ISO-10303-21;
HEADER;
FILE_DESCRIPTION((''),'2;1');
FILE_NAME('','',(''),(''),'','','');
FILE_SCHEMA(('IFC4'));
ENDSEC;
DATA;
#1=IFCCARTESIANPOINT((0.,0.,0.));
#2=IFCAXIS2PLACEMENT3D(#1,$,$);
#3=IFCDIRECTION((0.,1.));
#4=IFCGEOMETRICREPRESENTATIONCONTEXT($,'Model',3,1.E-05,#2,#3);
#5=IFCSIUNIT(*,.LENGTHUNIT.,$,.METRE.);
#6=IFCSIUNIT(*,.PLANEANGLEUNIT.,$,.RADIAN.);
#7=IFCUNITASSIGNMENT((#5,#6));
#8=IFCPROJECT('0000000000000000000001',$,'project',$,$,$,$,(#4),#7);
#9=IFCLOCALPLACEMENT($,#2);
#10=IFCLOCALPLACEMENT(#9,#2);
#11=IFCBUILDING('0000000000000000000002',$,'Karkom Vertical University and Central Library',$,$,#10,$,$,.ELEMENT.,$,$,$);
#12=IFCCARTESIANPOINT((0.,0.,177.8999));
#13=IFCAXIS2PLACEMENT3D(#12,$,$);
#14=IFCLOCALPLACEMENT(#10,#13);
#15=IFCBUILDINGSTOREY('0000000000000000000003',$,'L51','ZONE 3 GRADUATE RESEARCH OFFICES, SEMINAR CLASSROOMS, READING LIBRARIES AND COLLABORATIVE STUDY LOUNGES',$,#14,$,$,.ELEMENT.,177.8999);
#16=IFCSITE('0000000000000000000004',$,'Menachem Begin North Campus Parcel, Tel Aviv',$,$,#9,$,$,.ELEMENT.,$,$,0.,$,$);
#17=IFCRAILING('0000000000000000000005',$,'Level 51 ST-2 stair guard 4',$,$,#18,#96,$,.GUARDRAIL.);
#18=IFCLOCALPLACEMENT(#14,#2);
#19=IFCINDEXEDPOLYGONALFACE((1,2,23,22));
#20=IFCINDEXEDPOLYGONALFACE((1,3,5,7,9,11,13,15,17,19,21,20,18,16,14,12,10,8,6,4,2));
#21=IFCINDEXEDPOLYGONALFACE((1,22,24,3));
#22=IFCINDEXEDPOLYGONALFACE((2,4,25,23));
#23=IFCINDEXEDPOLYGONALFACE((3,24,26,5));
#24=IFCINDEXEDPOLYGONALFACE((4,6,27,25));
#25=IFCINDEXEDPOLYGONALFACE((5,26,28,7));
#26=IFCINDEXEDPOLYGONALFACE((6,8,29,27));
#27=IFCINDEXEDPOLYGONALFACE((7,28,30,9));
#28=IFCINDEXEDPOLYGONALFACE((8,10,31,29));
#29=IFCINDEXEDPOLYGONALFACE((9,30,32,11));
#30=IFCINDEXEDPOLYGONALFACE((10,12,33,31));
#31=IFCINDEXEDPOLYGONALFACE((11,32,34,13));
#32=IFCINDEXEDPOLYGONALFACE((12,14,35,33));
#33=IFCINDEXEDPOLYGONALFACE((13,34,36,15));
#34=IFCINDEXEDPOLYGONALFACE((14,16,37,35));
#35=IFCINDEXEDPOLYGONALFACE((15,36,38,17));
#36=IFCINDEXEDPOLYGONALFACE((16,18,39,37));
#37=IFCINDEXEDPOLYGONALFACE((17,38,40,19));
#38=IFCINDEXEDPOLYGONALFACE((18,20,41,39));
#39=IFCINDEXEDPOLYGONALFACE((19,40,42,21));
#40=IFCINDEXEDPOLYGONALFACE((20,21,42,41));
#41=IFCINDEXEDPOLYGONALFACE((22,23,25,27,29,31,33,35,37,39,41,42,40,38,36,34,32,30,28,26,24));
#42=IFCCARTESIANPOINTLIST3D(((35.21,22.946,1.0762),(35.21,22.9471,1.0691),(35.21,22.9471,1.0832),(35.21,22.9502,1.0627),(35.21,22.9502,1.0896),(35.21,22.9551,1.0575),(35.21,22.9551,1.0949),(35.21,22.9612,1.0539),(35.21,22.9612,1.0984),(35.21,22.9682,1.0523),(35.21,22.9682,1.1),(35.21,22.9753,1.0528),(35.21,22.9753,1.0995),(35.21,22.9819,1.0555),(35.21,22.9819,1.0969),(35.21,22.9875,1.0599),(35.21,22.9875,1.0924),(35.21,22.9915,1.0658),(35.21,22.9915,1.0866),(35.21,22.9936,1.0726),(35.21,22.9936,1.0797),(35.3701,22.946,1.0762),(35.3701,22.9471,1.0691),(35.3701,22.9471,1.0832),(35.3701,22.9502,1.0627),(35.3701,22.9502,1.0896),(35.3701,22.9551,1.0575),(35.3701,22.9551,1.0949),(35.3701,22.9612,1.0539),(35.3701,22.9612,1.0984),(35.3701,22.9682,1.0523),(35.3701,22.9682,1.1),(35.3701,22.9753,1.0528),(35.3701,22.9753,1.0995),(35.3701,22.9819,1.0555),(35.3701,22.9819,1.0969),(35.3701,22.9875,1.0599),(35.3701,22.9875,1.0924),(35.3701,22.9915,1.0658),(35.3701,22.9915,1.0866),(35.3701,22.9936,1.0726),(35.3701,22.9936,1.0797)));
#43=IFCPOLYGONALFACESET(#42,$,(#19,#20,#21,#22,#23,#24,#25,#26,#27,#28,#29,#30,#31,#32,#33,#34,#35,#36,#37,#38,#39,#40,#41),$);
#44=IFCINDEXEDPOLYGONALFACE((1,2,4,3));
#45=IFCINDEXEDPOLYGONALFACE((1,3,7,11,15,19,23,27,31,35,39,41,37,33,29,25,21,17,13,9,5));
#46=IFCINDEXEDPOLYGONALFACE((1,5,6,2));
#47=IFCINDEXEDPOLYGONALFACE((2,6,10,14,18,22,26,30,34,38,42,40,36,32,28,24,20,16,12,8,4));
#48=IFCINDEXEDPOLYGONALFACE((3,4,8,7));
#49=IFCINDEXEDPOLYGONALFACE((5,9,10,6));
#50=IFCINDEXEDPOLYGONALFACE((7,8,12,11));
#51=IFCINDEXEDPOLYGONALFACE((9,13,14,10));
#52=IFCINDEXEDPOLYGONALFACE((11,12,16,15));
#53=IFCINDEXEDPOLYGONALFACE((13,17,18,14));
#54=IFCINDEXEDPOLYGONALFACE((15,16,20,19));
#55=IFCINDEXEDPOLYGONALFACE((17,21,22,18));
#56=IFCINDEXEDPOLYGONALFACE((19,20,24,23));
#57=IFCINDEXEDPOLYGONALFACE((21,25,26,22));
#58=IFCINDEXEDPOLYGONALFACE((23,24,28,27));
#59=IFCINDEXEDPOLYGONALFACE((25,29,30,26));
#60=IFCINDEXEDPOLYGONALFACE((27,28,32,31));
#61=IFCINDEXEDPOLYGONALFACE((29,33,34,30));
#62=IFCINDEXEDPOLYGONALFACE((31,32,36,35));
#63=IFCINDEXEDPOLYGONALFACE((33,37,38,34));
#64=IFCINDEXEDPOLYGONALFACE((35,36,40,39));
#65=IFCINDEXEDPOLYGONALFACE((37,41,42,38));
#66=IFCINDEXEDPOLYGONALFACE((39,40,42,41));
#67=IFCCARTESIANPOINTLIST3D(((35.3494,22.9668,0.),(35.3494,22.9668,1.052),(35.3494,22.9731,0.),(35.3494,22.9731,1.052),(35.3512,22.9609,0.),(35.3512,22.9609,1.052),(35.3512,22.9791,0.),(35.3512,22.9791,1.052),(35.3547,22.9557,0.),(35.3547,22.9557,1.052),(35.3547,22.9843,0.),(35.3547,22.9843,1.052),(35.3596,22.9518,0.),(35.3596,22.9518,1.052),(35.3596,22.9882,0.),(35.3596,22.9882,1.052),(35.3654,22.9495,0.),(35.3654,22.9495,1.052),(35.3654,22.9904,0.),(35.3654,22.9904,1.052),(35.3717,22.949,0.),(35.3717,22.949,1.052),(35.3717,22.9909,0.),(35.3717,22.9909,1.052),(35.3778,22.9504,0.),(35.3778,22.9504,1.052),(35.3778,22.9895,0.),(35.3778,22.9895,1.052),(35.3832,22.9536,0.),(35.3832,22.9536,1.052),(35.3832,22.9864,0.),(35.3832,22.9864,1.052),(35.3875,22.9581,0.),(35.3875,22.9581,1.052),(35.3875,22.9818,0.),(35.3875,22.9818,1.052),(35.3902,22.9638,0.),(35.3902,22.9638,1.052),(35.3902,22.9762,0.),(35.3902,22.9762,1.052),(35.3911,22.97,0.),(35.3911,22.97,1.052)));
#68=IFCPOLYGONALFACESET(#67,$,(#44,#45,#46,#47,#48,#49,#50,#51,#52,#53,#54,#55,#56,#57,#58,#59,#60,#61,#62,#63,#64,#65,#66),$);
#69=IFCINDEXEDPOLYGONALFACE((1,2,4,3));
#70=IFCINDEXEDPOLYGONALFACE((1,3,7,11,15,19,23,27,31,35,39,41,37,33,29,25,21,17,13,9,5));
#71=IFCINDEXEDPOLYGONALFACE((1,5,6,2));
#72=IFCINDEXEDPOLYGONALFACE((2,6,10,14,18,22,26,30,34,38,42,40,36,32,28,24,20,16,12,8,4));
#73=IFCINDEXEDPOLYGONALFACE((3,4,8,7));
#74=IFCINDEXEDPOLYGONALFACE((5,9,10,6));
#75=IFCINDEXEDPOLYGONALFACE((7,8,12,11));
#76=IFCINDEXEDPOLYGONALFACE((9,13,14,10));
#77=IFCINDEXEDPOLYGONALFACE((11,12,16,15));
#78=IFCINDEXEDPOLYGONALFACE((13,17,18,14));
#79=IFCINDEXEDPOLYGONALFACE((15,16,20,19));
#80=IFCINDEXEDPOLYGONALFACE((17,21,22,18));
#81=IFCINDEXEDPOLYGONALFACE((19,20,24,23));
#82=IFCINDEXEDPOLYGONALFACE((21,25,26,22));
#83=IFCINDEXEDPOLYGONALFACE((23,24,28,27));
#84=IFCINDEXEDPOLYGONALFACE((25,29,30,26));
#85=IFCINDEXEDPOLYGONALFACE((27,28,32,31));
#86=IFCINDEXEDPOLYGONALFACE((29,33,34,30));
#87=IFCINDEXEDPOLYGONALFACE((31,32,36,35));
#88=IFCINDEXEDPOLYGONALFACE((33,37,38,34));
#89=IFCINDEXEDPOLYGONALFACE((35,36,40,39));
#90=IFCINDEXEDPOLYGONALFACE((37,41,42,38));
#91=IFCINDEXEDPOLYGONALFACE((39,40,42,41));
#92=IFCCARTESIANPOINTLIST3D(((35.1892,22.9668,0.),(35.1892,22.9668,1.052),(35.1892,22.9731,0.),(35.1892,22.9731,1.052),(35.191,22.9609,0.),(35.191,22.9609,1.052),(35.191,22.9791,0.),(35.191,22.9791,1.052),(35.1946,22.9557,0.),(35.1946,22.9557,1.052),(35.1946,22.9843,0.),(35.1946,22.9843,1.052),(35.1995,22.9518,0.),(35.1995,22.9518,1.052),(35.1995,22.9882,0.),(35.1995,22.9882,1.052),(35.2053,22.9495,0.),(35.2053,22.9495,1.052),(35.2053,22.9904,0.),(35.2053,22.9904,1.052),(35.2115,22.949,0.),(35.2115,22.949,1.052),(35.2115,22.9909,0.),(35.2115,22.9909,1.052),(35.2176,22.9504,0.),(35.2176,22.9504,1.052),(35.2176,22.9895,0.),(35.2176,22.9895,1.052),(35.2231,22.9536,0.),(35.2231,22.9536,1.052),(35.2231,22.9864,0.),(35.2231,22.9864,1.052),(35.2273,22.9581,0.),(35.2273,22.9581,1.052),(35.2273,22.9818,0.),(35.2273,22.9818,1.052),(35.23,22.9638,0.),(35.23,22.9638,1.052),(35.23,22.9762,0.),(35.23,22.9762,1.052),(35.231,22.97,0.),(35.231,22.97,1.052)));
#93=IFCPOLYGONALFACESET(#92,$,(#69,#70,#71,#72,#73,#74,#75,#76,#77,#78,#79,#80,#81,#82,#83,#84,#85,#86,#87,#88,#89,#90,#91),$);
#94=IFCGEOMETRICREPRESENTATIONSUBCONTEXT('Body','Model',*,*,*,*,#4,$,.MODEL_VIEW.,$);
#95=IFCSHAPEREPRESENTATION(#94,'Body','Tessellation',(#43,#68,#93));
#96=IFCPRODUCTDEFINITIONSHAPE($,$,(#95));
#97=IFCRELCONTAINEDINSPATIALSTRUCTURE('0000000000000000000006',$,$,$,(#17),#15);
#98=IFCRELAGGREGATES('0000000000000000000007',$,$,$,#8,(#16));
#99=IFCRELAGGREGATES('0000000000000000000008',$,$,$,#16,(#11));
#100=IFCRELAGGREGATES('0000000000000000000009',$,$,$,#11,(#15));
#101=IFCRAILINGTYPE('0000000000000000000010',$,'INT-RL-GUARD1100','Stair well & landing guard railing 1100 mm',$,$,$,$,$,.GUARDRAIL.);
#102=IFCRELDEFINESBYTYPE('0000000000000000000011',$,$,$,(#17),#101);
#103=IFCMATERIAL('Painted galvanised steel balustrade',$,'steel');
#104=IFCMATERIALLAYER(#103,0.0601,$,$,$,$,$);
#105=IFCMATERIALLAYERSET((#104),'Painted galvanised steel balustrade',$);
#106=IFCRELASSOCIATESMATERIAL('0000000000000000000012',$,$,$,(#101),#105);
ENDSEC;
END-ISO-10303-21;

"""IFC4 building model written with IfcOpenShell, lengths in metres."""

from ifc_helpers import new_model, si_unit, direction, frame, origin, origin_2d, place, context, subcontext, project, spatial, circle, extrude, material, layer, layer_set, type_object, element, save


model = new_model("IFC4")

# Units and contexts
model_context = context("Model", 3, precision=1e-05, world=origin(), true_north=direction((0.0, 1.0)))
body_context = subcontext(model_context, "Body", "Model", "MODEL_VIEW")
ifc_project = project(units=[si_unit("LENGTHUNIT", "METRE"), si_unit("PLANEANGLEUNIT", "RADIAN")], contexts=[model_context])

# Site, building, storey
site_placement = place(None, origin())
site = spatial("IfcSite", under=ifc_project, at=site_placement, Name="Menachem Begin North Campus Parcel, Tel Aviv", CompositionType="ELEMENT", RefElevation=0.0)
building_placement = place(site_placement, origin())
building = spatial("IfcBuilding", under=site, at=building_placement, Name="Karkom Vertical University and Central Library", CompositionType="ELEMENT")
storey_placement = place(building_placement, frame((0.0, 0.0, 177.8999)))
storey = spatial("IfcBuildingStorey", under=building, at=storey_placement, Name="L51", Description="ZONE 3 GRADUATE RESEARCH OFFICES, SEMINAR CLASSROOMS, READING LIBRARIES AND COLLABORATIVE STUDY LOUNGES", CompositionType="ELEMENT", Elevation=177.8999)

# Railing
ifc_material_1 = material(Name="Painted galvanised steel balustrade", Category="steel")
ifc_layer_1 = layer(ifc_material_1, 0.0601)
ifc_layer_set_1 = layer_set([ifc_layer_1], Name="Painted galvanised steel balustrade")
railing_type_1 = type_object("IfcRailingType", Name="INT-RL-GUARD1100", Description="Stair well & landing guard railing 1100 mm", PredefinedType="GUARDRAIL", material=ifc_layer_set_1)
railing_1_placement = place(storey_placement, frame((35.3701, 22.97, 0.0)))
element("IfcRailing", 1, at=railing_1_placement, inside=storey, type_object=railing_type_1, Name="Level 51 ST-2 stair guard 4", PredefinedType="GUARDRAIL", context=body_context, shape_type="SweptSolid", body=[
    extrude(circle(Radius=0.0239, at=origin_2d()), frame((0.0, 0.0, 1.0762), z_axis=(-1.0, 0.0, 0.0), x_axis=(0.0, -1.0, 0.0)), (0.0, 0.0, 1.0), 0.1602),
    extrude(circle(Radius=0.021, at=origin_2d()), origin(), (0.0, 0.0, 1.0), 1.052),
    extrude(circle(Radius=0.021, at=origin_2d()), frame((-0.1602, 0.0, 0.0)), (0.0, 0.0, 1.0), 1.052),
])

save(model, "model.ifc")
